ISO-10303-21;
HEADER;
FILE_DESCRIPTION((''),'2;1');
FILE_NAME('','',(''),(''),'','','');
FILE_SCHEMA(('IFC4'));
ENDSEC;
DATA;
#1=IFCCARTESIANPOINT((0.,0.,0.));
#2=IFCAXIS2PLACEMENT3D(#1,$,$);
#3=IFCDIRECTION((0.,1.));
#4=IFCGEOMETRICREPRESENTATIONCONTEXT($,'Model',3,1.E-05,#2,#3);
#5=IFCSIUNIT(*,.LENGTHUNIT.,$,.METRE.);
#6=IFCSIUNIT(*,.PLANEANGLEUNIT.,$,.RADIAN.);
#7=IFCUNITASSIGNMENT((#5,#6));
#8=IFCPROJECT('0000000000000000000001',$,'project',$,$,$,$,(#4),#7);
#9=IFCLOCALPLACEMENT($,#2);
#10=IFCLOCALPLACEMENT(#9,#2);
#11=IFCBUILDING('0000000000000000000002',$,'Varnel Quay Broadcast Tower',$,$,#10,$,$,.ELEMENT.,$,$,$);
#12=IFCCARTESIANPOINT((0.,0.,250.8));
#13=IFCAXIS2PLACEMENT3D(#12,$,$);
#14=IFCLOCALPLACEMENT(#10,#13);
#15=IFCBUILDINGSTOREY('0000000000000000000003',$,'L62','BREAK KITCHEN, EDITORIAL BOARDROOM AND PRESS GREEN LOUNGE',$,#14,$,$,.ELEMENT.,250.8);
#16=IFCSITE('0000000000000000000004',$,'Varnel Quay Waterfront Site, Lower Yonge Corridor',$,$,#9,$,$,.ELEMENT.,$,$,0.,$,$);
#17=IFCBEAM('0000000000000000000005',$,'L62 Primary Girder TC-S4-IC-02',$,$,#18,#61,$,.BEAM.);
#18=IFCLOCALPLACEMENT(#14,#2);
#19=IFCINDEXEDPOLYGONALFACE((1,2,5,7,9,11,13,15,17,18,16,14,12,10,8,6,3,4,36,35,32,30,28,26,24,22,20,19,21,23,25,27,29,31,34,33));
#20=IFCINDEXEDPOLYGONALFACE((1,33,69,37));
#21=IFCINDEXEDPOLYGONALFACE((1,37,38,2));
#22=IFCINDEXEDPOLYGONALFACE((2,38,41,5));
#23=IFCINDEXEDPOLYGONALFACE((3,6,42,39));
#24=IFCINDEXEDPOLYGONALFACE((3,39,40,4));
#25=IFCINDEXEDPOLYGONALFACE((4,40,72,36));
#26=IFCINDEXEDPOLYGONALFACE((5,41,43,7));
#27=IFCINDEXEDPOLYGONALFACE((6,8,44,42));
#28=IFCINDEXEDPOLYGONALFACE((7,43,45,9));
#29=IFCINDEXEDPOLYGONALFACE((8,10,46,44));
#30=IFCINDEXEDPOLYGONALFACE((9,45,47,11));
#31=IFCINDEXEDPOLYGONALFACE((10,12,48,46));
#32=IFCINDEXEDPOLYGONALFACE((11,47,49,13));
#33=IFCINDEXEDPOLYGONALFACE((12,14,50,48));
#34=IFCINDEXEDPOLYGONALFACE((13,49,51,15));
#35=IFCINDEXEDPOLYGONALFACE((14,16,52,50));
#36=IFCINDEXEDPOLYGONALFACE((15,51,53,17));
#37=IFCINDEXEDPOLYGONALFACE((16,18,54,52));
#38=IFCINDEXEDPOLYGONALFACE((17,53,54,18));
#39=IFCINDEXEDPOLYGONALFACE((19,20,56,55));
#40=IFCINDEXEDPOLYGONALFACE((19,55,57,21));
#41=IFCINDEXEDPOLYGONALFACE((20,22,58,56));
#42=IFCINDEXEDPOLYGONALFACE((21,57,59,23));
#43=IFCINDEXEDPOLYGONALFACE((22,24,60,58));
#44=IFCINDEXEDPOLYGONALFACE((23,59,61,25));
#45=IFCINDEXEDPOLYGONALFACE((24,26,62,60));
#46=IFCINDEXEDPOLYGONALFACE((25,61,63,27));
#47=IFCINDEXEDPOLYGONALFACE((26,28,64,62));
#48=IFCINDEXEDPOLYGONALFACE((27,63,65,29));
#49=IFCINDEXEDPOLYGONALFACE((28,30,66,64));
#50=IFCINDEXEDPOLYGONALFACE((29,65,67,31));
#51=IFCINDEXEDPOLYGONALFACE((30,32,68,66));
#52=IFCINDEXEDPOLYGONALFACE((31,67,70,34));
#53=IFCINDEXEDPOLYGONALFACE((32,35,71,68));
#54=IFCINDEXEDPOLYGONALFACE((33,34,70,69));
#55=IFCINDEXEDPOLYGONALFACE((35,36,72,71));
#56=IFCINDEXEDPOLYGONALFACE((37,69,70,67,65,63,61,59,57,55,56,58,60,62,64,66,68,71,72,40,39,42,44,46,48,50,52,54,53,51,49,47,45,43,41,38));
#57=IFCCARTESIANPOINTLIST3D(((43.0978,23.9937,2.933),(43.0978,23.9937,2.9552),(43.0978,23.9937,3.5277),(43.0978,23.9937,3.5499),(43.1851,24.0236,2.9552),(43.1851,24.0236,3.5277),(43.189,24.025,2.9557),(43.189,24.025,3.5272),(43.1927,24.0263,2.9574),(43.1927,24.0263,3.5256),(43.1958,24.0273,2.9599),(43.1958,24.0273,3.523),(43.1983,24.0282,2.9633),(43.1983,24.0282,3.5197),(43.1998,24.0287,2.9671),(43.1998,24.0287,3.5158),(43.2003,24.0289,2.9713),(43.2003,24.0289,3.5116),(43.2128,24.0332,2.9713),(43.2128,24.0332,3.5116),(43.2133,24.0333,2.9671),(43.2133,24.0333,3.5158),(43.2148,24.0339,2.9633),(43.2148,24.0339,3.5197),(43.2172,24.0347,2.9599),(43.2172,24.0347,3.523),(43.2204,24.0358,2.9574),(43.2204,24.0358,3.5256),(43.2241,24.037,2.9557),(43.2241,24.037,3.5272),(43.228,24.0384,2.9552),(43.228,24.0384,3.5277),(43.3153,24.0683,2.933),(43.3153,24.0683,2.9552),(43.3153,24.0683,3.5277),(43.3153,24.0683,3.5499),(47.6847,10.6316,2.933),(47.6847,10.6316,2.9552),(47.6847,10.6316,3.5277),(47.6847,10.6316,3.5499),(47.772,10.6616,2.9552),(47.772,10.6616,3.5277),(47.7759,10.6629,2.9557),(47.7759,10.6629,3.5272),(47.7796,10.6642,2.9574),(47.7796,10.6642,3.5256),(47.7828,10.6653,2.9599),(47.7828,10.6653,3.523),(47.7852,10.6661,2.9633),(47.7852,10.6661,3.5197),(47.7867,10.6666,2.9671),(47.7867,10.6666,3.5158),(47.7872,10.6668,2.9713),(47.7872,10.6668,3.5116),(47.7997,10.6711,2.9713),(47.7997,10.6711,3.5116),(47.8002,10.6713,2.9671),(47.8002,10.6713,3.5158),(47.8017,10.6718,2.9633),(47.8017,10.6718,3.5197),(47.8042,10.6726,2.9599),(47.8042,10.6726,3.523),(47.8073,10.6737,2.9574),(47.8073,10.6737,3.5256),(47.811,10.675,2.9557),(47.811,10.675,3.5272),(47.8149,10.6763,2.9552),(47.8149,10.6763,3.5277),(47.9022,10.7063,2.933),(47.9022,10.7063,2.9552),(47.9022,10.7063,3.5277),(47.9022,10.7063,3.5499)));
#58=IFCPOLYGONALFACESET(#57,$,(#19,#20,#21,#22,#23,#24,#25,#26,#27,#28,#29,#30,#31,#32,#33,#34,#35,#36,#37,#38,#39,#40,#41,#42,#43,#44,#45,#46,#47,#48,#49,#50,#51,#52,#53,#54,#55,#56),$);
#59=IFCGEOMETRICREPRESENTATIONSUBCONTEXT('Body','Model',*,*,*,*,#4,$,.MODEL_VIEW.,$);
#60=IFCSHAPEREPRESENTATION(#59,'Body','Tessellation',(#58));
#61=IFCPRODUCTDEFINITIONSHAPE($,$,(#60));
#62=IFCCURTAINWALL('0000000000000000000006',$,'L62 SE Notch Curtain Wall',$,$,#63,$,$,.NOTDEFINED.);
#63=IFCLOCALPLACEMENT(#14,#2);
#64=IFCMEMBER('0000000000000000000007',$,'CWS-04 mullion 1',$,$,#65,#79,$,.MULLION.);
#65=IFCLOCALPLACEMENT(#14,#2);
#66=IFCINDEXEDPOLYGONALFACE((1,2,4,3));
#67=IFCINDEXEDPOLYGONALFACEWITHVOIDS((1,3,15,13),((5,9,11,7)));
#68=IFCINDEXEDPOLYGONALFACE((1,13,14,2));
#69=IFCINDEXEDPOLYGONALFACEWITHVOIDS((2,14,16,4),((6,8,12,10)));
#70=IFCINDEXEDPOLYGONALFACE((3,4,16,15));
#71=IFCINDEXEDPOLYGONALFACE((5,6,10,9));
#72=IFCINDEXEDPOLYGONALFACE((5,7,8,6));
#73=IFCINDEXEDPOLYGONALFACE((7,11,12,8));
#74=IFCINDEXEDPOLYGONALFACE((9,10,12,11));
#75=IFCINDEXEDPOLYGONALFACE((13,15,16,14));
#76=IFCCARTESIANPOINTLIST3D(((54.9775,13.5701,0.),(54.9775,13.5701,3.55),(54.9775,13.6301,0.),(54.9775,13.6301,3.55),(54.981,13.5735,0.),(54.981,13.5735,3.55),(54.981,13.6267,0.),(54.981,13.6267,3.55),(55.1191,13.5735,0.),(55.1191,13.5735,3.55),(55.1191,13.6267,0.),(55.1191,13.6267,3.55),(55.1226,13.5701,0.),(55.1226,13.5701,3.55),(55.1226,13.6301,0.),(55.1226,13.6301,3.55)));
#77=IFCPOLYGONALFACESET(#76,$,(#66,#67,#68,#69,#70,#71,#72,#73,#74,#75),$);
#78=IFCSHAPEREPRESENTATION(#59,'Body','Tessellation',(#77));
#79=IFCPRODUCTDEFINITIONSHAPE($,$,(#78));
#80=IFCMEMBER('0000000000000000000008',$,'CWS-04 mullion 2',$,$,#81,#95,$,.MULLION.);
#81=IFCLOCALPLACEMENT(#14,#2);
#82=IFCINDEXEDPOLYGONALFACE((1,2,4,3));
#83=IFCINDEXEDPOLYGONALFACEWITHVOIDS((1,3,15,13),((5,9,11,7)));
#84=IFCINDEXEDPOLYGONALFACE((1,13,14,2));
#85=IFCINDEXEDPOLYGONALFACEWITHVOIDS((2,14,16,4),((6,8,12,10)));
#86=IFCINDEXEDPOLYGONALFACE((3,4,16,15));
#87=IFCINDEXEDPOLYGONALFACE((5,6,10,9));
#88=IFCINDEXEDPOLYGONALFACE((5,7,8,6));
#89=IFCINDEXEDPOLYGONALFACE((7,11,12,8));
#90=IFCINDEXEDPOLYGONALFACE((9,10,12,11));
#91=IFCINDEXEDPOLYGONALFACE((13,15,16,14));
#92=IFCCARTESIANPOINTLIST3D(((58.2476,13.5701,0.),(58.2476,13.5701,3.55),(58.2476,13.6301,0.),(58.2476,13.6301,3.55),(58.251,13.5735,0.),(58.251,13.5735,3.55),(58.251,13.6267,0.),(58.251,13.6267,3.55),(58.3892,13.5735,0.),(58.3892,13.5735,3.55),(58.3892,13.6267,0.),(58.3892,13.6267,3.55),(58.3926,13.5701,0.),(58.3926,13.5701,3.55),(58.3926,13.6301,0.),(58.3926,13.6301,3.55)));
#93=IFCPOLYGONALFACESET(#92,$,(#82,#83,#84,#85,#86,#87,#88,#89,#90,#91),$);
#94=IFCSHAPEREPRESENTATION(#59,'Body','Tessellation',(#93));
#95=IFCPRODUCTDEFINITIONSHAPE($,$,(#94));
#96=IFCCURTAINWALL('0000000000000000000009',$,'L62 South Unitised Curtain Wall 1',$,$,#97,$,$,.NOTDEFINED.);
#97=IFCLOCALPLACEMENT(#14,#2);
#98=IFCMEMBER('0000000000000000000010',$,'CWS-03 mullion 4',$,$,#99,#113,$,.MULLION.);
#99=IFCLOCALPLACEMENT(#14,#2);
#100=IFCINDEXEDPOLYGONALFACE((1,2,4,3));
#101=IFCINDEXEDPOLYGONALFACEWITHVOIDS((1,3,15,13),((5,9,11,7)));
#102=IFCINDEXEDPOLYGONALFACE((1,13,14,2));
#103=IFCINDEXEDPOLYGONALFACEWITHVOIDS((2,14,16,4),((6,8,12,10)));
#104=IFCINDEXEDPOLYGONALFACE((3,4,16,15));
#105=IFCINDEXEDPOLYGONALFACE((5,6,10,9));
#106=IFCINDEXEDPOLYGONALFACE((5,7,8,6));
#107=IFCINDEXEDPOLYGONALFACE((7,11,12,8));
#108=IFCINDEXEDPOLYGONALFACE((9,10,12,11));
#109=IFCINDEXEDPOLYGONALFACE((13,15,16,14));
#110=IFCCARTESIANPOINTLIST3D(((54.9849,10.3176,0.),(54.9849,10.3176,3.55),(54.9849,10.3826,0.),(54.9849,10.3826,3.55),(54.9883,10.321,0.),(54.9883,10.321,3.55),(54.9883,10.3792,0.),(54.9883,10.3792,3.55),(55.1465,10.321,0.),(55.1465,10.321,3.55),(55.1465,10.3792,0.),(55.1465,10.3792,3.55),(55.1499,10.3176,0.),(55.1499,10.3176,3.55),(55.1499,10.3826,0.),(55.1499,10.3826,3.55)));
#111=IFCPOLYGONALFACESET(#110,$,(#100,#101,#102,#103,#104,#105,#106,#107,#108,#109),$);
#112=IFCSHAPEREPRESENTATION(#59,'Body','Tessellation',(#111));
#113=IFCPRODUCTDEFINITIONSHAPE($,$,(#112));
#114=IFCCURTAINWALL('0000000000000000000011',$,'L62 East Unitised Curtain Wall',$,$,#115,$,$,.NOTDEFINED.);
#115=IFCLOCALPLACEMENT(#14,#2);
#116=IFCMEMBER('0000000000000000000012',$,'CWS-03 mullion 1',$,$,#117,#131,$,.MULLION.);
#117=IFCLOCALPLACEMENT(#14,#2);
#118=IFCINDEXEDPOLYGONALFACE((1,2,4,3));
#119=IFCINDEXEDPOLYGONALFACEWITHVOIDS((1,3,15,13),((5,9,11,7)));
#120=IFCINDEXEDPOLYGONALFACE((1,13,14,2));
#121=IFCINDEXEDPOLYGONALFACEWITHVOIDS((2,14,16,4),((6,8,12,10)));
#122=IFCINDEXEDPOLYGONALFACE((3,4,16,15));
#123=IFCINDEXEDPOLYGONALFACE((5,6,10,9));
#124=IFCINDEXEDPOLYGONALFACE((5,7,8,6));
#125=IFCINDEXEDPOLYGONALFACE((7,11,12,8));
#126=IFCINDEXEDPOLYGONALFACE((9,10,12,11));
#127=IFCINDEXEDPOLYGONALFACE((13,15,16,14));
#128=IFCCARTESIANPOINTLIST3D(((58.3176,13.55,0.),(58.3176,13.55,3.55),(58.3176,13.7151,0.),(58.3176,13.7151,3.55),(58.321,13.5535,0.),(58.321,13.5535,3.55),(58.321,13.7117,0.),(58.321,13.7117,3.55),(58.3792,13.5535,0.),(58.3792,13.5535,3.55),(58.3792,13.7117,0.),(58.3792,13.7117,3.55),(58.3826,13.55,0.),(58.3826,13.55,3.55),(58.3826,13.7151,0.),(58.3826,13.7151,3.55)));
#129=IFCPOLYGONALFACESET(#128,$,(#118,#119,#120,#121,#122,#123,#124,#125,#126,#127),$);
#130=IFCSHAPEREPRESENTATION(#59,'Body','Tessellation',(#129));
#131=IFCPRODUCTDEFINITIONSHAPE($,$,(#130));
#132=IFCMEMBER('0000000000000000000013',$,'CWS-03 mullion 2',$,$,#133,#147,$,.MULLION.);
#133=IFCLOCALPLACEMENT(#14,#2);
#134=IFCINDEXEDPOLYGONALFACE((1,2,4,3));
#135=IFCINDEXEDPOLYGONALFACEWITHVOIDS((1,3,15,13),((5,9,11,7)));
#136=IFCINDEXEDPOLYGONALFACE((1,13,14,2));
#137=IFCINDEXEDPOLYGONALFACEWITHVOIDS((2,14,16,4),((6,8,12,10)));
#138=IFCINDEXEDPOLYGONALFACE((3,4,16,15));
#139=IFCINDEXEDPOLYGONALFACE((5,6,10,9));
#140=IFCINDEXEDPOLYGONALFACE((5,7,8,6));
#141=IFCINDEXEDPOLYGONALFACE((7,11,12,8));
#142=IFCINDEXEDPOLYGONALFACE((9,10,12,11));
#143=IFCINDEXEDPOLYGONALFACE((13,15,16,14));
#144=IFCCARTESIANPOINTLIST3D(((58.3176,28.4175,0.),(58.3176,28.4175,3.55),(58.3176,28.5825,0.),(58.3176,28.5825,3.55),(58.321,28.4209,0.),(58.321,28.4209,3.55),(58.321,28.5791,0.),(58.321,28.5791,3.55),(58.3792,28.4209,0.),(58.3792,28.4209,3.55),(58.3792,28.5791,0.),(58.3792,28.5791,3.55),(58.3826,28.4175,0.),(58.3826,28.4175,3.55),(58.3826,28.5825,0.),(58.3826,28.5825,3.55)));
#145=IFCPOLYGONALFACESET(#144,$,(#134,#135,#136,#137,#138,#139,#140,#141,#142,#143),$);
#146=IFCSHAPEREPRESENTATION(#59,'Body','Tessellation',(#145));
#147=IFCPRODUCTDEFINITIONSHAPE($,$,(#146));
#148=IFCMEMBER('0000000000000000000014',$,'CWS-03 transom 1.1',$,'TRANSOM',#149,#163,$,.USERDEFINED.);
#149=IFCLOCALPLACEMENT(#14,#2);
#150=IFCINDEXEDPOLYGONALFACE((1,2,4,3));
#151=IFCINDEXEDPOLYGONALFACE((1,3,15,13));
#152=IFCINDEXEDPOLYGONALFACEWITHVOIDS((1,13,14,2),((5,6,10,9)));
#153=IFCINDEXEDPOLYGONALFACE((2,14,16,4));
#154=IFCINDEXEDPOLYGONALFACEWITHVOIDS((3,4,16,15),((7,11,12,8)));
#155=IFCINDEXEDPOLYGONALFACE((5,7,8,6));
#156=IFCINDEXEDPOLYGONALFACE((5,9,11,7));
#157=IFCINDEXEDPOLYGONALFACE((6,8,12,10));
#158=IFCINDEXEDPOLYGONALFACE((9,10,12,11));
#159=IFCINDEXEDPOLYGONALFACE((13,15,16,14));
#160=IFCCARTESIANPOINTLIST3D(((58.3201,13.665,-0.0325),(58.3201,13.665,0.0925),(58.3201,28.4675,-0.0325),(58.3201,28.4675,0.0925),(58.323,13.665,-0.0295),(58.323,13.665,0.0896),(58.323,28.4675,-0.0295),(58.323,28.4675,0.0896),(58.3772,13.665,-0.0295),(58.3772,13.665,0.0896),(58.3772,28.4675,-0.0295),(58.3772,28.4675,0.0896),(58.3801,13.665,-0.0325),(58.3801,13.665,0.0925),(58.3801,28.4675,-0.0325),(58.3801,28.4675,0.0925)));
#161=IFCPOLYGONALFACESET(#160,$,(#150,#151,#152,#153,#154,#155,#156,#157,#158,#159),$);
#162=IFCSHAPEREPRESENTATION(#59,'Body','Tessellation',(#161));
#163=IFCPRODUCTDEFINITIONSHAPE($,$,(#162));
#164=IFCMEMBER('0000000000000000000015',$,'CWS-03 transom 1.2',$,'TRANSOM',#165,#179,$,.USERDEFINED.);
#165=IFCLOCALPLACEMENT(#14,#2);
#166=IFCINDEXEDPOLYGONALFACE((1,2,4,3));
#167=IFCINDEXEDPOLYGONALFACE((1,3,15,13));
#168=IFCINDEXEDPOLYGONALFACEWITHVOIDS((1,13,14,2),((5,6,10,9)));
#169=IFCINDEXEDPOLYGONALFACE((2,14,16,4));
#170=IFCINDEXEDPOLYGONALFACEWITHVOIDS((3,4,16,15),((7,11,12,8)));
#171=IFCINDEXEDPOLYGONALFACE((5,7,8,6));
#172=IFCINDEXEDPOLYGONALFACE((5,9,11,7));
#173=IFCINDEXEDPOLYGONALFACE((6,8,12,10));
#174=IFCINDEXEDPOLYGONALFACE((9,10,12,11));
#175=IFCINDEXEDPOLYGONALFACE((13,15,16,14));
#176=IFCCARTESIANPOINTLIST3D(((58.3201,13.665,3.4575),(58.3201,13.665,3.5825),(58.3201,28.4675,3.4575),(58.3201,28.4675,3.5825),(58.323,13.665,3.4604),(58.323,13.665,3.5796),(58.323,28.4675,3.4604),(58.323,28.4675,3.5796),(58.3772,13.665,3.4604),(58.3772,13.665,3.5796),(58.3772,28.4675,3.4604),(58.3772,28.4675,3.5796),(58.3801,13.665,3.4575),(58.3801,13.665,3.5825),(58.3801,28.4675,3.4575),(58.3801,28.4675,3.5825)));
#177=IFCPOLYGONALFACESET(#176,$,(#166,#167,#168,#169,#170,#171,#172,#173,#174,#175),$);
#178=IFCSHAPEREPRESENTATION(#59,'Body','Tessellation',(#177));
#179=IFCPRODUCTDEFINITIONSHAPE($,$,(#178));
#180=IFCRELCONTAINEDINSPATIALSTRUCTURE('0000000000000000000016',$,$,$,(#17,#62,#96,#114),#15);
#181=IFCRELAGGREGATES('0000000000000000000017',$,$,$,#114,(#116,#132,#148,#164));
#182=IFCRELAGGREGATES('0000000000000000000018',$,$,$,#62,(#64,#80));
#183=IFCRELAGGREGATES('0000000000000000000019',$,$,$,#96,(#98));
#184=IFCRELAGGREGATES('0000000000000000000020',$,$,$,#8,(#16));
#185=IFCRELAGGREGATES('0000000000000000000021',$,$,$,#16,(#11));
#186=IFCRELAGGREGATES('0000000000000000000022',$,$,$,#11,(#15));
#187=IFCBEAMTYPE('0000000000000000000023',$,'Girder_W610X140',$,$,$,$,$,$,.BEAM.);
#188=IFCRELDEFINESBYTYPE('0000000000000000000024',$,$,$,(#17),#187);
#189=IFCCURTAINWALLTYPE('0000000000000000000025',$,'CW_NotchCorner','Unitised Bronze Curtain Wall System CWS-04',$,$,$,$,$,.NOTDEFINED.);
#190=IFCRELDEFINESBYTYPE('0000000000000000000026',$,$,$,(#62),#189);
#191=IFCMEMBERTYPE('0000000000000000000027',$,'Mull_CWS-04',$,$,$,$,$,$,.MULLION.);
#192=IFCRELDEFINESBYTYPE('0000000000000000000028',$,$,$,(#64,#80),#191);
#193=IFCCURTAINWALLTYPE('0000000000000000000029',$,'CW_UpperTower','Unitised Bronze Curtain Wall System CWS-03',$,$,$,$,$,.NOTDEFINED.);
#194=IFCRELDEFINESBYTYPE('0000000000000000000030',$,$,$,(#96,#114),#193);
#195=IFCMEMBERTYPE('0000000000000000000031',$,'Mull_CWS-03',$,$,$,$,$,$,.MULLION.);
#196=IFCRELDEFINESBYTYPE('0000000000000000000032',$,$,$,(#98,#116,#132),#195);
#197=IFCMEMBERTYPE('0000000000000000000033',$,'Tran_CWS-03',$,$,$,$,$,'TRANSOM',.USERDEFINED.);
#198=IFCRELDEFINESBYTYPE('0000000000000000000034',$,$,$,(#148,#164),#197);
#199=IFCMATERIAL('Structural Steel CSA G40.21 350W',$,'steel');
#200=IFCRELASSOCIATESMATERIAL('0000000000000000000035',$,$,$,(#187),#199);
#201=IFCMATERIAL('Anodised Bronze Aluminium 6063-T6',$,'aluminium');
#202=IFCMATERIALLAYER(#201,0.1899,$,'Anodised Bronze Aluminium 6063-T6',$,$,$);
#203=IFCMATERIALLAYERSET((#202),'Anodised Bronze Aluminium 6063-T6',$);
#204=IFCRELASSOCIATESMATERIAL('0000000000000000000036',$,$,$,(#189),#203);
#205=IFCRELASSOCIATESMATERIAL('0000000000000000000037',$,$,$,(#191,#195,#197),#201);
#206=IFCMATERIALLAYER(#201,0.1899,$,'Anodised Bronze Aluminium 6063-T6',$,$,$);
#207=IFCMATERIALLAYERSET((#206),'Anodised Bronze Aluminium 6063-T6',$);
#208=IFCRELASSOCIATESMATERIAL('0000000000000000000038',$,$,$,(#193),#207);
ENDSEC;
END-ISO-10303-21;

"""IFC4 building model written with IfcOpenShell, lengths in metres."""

from ifc_helpers import new_model, si_unit, direction, frame, origin, origin_2d, place, context, subcontext, project, spatial, hollow_rectangle, i_section, extrude, source, transform, mapped, material, layer, layer_set, material_profile, profile_set, type_object, type_shapes, element, aggregate, save


model = new_model("IFC4")

# Units and contexts
model_context = context("Model", 3, precision=1e-05, world=origin(), true_north=direction((0.0, 1.0)))
body_context = subcontext(model_context, "Body", "Model", "MODEL_VIEW")
ifc_project = project(units=[si_unit("LENGTHUNIT", "METRE"), si_unit("PLANEANGLEUNIT", "RADIAN")], contexts=[model_context])

# Site, building, storey
site_placement = place(None, origin())
site = spatial("IfcSite", under=ifc_project, at=site_placement, Name="Varnel Quay Waterfront Site, Lower Yonge Corridor", CompositionType="ELEMENT", RefElevation=0.0)
building_placement = place(site_placement, origin())
building = spatial("IfcBuilding", under=site, at=building_placement, Name="Varnel Quay Broadcast Tower", CompositionType="ELEMENT")
storey_placement = place(building_placement, frame((0.0, 0.0, 250.8)))
storey = spatial("IfcBuildingStorey", under=building, at=storey_placement, Name="L62", Description="BREAK KITCHEN, EDITORIAL BOARDROOM AND PRESS GREEN LOUNGE", CompositionType="ELEMENT", Elevation=250.8)

# Shared definitions
ifc_material_1 = material(Name="Structural Steel CSA G40.21 350W", Category="steel")

# Beam
ifc_material_profile_1 = material_profile(ifc_material_1, i_section(OverallWidth=0.23, OverallDepth=0.6169, WebThickness=0.0132, FlangeThickness=0.0222, FilletRadius=0.0161, at=origin_2d()), Name="W610X140")
ifc_profile_set_1 = profile_set([ifc_material_profile_1], Name="Structural Steel CSA G40.21 350W")
beam_type_1 = type_object("IfcBeamType", Name="Girder_W610X140", PredefinedType="BEAM", material=ifc_profile_set_1)
shared_shape_1 = source(origin(), body_context, "Body", "SweptSolid", [
    extrude(i_section(OverallWidth=0.23, OverallDepth=0.6169, WebThickness=0.0132, FlangeThickness=0.0222, FilletRadius=0.0161, at=origin_2d()), origin(), (0.0, 0.0, 1.0), 14.1274),
])
type_shapes(beam_type_1, [shared_shape_1])
beam_1_placement = place(storey_placement, frame((47.7935, 10.6689, 3.2415), z_axis=(-0.324681, 0.945823, 0.0), x_axis=(-0.945823, -0.324681, 0.0)))
element("IfcBeam", 1, at=beam_1_placement, inside=storey, type_object=beam_type_1, Name="L62 Primary Girder TC-S4-IC-02", PredefinedType="BEAM", context=body_context, shape_type="MappedRepresentation", body=[
    mapped(shared_shape_1, transform((0.0, 0.0, 0.0), x_axis=(1.0, 0.0, 0.0), y_axis=(0.0, 1.0, 0.0), z_axis=(0.0, 0.0, 1.0), scale=1.0)),
])

# Curtain wall, members
ifc_material_2 = material(Name="Anodised Bronze Aluminium 6063-T6", Category="aluminium")
ifc_layer_1 = layer(ifc_material_2, 0.1899, Name="Anodised Bronze Aluminium 6063-T6")
ifc_layer_set_1 = layer_set([ifc_layer_1], Name="Anodised Bronze Aluminium 6063-T6")
curtain_wall_type_1 = type_object("IfcCurtainWallType", Name="CW_NotchCorner", Description="Unitised Bronze Curtain Wall System CWS-04", PredefinedType="NOTDEFINED", material=ifc_layer_set_1)
curtain_wall_1_placement = place(storey_placement, origin())
curtain_wall_1 = element("IfcCurtainWall", 2, at=curtain_wall_1_placement, inside=storey, type_object=curtain_wall_type_1, Name="L62 SE Notch Curtain Wall", PredefinedType="NOTDEFINED")
ifc_material_profile_2 = material_profile(ifc_material_2, hollow_rectangle(XDim=0.0601, YDim=0.145, WallThickness=0.0034, at=origin_2d()), Name="ALU60X145X3.5")
ifc_profile_set_2 = profile_set([ifc_material_profile_2], Name="Anodised Bronze Aluminium 6063-T6")
member_type_1 = type_object("IfcMemberType", Name="Mull_CWS-04", PredefinedType="MULLION", material=ifc_profile_set_2)
shared_shape_2 = source(origin(), body_context, "Body", "SweptSolid", [
    extrude(hollow_rectangle(XDim=0.0601, YDim=0.145, WallThickness=0.0034, at=origin_2d()), origin(), (0.0, 0.0, 1.0), 3.55),
])
type_shapes(member_type_1, [shared_shape_2])
member_1_placement = place(storey_placement, frame((55.05, 13.6001, 0.0), z_axis=(0.0, 0.0, 1.0), x_axis=(0.0, 1.0, 0.0)))
member_1 = element("IfcMember", 3, at=member_1_placement, type_object=member_type_1, Name="CWS-04 mullion 1", PredefinedType="MULLION", context=body_context, shape_type="MappedRepresentation", body=[
    mapped(shared_shape_2, transform((0.0, 0.0, 0.0), x_axis=(1.0, 0.0, 0.0), y_axis=(0.0, 1.0, 0.0), z_axis=(0.0, 0.0, 1.0), scale=1.0)),
])
member_2_placement = place(storey_placement, frame((58.3201, 13.6001, 0.0), z_axis=(0.0, 0.0, 1.0), x_axis=(0.0, 1.0, 0.0)))
member_2 = element("IfcMember", 4, at=member_2_placement, type_object=member_type_1, Name="CWS-04 mullion 2", PredefinedType="MULLION", context=body_context, shape_type="MappedRepresentation", body=[
    mapped(shared_shape_2, transform((0.0, 0.0, 0.0), x_axis=(1.0, 0.0, 0.0), y_axis=(0.0, 1.0, 0.0), z_axis=(0.0, 0.0, 1.0), scale=1.0)),
])

# Curtain wall, member
ifc_layer_2 = layer(ifc_material_2, 0.1899, Name="Anodised Bronze Aluminium 6063-T6")
ifc_layer_set_2 = layer_set([ifc_layer_2], Name="Anodised Bronze Aluminium 6063-T6")
curtain_wall_type_2 = type_object("IfcCurtainWallType", Name="CW_UpperTower", Description="Unitised Bronze Curtain Wall System CWS-03", PredefinedType="NOTDEFINED", material=ifc_layer_set_2)
curtain_wall_2_placement = place(storey_placement, origin())
curtain_wall_2 = element("IfcCurtainWall", 5, at=curtain_wall_2_placement, inside=storey, type_object=curtain_wall_type_2, Name="L62 South Unitised Curtain Wall 1", PredefinedType="NOTDEFINED")
ifc_material_profile_3 = material_profile(ifc_material_2, hollow_rectangle(XDim=0.0649, YDim=0.165, WallThickness=0.0034, at=origin_2d()), Name="ALU65X165X3.5")
ifc_profile_set_3 = profile_set([ifc_material_profile_3], Name="Anodised Bronze Aluminium 6063-T6")
member_type_2 = type_object("IfcMemberType", Name="Mull_CWS-03", PredefinedType="MULLION", material=ifc_profile_set_3)
shared_shape_3 = source(origin(), body_context, "Body", "SweptSolid", [
    extrude(hollow_rectangle(XDim=0.0649, YDim=0.165, WallThickness=0.0034, at=origin_2d()), origin(), (0.0, 0.0, 1.0), 3.55),
])
type_shapes(member_type_2, [shared_shape_3])
member_3_placement = place(storey_placement, frame((55.0674, 10.3501, 0.0), z_axis=(0.0, 0.0, 1.0), x_axis=(0.0, 1.0, 0.0)))
member_3 = element("IfcMember", 6, at=member_3_placement, type_object=member_type_2, Name="CWS-03 mullion 4", PredefinedType="MULLION", context=body_context, shape_type="MappedRepresentation", body=[
    mapped(shared_shape_3, transform((0.0, 0.0, 0.0), x_axis=(1.0, 0.0, 0.0), y_axis=(0.0, 1.0, 0.0), z_axis=(0.0, 0.0, 1.0), scale=1.0)),
])

# Curtain wall, members
curtain_wall_3_placement = place(storey_placement, origin())
curtain_wall_3 = element("IfcCurtainWall", 7, at=curtain_wall_3_placement, inside=storey, type_object=curtain_wall_type_2, Name="L62 East Unitised Curtain Wall", PredefinedType="NOTDEFINED")
member_4_placement = place(storey_placement, frame((58.3501, 13.6326, 0.0), z_axis=(0.0, 0.0, 1.0), x_axis=(-1.0, 0.0, 0.0)))
member_4 = element("IfcMember", 8, at=member_4_placement, type_object=member_type_2, Name="CWS-03 mullion 1", PredefinedType="MULLION", context=body_context, shape_type="MappedRepresentation", body=[
    mapped(shared_shape_3, transform((0.0, 0.0, 0.0), x_axis=(1.0, 0.0, 0.0), y_axis=(0.0, 1.0, 0.0), z_axis=(0.0, 0.0, 1.0), scale=1.0)),
])
member_5_placement = place(storey_placement, frame((58.3501, 28.5, 0.0), z_axis=(0.0, 0.0, 1.0), x_axis=(-1.0, 0.0, 0.0)))
member_5 = element("IfcMember", 9, at=member_5_placement, type_object=member_type_2, Name="CWS-03 mullion 2", PredefinedType="MULLION", context=body_context, shape_type="MappedRepresentation", body=[
    mapped(shared_shape_3, transform((0.0, 0.0, 0.0), x_axis=(1.0, 0.0, 0.0), y_axis=(0.0, 1.0, 0.0), z_axis=(0.0, 0.0, 1.0), scale=1.0)),
])
ifc_material_profile_4 = material_profile(ifc_material_2, hollow_rectangle(XDim=0.0601, YDim=0.125, WallThickness=0.0029, at=origin_2d()), Name="ALU60X125X3")
ifc_profile_set_4 = profile_set([ifc_material_profile_4], Name="Anodised Bronze Aluminium 6063-T6")
member_type_3 = type_object("IfcMemberType", Name="Tran_CWS-03", ElementType="TRANSOM", PredefinedType="USERDEFINED", material=ifc_profile_set_4)
shared_shape_4 = source(origin(), body_context, "Body", "SweptSolid", [
    extrude(hollow_rectangle(XDim=0.0601, YDim=0.125, WallThickness=0.0029, at=origin_2d()), origin(), (0.0, 0.0, 1.0), 14.8025),
])
type_shapes(member_type_3, [shared_shape_4])
member_6_placement = place(storey_placement, frame((58.3501, 13.665, 0.03), z_axis=(0.0, 1.0, 0.0), x_axis=(-1.0, 0.0, 0.0)))
member_6 = element("IfcMember", 10, at=member_6_placement, type_object=member_type_3, Name="CWS-03 transom 1.1", ObjectType="TRANSOM", PredefinedType="USERDEFINED", context=body_context, shape_type="MappedRepresentation", body=[
    mapped(shared_shape_4, transform((0.0, 0.0, 0.0), x_axis=(1.0, 0.0, 0.0), y_axis=(0.0, 1.0, 0.0), z_axis=(0.0, 0.0, 1.0), scale=1.0)),
])
member_7_placement = place(storey_placement, frame((58.3501, 13.665, 3.52), z_axis=(0.0, 1.0, 0.0), x_axis=(-1.0, 0.0, 0.0)))
member_7 = element("IfcMember", 11, at=member_7_placement, type_object=member_type_3, Name="CWS-03 transom 1.2", ObjectType="TRANSOM", PredefinedType="USERDEFINED", context=body_context, shape_type="MappedRepresentation", body=[
    mapped(shared_shape_4, transform((0.0, 0.0, 0.0), x_axis=(1.0, 0.0, 0.0), y_axis=(0.0, 1.0, 0.0), z_axis=(0.0, 0.0, 1.0), scale=1.0)),
])

aggregate(curtain_wall_3, [member_4, member_5, member_6, member_7])
aggregate(curtain_wall_1, [member_1, member_2])
aggregate(curtain_wall_2, [member_3])

save(model, "model.ifc")
